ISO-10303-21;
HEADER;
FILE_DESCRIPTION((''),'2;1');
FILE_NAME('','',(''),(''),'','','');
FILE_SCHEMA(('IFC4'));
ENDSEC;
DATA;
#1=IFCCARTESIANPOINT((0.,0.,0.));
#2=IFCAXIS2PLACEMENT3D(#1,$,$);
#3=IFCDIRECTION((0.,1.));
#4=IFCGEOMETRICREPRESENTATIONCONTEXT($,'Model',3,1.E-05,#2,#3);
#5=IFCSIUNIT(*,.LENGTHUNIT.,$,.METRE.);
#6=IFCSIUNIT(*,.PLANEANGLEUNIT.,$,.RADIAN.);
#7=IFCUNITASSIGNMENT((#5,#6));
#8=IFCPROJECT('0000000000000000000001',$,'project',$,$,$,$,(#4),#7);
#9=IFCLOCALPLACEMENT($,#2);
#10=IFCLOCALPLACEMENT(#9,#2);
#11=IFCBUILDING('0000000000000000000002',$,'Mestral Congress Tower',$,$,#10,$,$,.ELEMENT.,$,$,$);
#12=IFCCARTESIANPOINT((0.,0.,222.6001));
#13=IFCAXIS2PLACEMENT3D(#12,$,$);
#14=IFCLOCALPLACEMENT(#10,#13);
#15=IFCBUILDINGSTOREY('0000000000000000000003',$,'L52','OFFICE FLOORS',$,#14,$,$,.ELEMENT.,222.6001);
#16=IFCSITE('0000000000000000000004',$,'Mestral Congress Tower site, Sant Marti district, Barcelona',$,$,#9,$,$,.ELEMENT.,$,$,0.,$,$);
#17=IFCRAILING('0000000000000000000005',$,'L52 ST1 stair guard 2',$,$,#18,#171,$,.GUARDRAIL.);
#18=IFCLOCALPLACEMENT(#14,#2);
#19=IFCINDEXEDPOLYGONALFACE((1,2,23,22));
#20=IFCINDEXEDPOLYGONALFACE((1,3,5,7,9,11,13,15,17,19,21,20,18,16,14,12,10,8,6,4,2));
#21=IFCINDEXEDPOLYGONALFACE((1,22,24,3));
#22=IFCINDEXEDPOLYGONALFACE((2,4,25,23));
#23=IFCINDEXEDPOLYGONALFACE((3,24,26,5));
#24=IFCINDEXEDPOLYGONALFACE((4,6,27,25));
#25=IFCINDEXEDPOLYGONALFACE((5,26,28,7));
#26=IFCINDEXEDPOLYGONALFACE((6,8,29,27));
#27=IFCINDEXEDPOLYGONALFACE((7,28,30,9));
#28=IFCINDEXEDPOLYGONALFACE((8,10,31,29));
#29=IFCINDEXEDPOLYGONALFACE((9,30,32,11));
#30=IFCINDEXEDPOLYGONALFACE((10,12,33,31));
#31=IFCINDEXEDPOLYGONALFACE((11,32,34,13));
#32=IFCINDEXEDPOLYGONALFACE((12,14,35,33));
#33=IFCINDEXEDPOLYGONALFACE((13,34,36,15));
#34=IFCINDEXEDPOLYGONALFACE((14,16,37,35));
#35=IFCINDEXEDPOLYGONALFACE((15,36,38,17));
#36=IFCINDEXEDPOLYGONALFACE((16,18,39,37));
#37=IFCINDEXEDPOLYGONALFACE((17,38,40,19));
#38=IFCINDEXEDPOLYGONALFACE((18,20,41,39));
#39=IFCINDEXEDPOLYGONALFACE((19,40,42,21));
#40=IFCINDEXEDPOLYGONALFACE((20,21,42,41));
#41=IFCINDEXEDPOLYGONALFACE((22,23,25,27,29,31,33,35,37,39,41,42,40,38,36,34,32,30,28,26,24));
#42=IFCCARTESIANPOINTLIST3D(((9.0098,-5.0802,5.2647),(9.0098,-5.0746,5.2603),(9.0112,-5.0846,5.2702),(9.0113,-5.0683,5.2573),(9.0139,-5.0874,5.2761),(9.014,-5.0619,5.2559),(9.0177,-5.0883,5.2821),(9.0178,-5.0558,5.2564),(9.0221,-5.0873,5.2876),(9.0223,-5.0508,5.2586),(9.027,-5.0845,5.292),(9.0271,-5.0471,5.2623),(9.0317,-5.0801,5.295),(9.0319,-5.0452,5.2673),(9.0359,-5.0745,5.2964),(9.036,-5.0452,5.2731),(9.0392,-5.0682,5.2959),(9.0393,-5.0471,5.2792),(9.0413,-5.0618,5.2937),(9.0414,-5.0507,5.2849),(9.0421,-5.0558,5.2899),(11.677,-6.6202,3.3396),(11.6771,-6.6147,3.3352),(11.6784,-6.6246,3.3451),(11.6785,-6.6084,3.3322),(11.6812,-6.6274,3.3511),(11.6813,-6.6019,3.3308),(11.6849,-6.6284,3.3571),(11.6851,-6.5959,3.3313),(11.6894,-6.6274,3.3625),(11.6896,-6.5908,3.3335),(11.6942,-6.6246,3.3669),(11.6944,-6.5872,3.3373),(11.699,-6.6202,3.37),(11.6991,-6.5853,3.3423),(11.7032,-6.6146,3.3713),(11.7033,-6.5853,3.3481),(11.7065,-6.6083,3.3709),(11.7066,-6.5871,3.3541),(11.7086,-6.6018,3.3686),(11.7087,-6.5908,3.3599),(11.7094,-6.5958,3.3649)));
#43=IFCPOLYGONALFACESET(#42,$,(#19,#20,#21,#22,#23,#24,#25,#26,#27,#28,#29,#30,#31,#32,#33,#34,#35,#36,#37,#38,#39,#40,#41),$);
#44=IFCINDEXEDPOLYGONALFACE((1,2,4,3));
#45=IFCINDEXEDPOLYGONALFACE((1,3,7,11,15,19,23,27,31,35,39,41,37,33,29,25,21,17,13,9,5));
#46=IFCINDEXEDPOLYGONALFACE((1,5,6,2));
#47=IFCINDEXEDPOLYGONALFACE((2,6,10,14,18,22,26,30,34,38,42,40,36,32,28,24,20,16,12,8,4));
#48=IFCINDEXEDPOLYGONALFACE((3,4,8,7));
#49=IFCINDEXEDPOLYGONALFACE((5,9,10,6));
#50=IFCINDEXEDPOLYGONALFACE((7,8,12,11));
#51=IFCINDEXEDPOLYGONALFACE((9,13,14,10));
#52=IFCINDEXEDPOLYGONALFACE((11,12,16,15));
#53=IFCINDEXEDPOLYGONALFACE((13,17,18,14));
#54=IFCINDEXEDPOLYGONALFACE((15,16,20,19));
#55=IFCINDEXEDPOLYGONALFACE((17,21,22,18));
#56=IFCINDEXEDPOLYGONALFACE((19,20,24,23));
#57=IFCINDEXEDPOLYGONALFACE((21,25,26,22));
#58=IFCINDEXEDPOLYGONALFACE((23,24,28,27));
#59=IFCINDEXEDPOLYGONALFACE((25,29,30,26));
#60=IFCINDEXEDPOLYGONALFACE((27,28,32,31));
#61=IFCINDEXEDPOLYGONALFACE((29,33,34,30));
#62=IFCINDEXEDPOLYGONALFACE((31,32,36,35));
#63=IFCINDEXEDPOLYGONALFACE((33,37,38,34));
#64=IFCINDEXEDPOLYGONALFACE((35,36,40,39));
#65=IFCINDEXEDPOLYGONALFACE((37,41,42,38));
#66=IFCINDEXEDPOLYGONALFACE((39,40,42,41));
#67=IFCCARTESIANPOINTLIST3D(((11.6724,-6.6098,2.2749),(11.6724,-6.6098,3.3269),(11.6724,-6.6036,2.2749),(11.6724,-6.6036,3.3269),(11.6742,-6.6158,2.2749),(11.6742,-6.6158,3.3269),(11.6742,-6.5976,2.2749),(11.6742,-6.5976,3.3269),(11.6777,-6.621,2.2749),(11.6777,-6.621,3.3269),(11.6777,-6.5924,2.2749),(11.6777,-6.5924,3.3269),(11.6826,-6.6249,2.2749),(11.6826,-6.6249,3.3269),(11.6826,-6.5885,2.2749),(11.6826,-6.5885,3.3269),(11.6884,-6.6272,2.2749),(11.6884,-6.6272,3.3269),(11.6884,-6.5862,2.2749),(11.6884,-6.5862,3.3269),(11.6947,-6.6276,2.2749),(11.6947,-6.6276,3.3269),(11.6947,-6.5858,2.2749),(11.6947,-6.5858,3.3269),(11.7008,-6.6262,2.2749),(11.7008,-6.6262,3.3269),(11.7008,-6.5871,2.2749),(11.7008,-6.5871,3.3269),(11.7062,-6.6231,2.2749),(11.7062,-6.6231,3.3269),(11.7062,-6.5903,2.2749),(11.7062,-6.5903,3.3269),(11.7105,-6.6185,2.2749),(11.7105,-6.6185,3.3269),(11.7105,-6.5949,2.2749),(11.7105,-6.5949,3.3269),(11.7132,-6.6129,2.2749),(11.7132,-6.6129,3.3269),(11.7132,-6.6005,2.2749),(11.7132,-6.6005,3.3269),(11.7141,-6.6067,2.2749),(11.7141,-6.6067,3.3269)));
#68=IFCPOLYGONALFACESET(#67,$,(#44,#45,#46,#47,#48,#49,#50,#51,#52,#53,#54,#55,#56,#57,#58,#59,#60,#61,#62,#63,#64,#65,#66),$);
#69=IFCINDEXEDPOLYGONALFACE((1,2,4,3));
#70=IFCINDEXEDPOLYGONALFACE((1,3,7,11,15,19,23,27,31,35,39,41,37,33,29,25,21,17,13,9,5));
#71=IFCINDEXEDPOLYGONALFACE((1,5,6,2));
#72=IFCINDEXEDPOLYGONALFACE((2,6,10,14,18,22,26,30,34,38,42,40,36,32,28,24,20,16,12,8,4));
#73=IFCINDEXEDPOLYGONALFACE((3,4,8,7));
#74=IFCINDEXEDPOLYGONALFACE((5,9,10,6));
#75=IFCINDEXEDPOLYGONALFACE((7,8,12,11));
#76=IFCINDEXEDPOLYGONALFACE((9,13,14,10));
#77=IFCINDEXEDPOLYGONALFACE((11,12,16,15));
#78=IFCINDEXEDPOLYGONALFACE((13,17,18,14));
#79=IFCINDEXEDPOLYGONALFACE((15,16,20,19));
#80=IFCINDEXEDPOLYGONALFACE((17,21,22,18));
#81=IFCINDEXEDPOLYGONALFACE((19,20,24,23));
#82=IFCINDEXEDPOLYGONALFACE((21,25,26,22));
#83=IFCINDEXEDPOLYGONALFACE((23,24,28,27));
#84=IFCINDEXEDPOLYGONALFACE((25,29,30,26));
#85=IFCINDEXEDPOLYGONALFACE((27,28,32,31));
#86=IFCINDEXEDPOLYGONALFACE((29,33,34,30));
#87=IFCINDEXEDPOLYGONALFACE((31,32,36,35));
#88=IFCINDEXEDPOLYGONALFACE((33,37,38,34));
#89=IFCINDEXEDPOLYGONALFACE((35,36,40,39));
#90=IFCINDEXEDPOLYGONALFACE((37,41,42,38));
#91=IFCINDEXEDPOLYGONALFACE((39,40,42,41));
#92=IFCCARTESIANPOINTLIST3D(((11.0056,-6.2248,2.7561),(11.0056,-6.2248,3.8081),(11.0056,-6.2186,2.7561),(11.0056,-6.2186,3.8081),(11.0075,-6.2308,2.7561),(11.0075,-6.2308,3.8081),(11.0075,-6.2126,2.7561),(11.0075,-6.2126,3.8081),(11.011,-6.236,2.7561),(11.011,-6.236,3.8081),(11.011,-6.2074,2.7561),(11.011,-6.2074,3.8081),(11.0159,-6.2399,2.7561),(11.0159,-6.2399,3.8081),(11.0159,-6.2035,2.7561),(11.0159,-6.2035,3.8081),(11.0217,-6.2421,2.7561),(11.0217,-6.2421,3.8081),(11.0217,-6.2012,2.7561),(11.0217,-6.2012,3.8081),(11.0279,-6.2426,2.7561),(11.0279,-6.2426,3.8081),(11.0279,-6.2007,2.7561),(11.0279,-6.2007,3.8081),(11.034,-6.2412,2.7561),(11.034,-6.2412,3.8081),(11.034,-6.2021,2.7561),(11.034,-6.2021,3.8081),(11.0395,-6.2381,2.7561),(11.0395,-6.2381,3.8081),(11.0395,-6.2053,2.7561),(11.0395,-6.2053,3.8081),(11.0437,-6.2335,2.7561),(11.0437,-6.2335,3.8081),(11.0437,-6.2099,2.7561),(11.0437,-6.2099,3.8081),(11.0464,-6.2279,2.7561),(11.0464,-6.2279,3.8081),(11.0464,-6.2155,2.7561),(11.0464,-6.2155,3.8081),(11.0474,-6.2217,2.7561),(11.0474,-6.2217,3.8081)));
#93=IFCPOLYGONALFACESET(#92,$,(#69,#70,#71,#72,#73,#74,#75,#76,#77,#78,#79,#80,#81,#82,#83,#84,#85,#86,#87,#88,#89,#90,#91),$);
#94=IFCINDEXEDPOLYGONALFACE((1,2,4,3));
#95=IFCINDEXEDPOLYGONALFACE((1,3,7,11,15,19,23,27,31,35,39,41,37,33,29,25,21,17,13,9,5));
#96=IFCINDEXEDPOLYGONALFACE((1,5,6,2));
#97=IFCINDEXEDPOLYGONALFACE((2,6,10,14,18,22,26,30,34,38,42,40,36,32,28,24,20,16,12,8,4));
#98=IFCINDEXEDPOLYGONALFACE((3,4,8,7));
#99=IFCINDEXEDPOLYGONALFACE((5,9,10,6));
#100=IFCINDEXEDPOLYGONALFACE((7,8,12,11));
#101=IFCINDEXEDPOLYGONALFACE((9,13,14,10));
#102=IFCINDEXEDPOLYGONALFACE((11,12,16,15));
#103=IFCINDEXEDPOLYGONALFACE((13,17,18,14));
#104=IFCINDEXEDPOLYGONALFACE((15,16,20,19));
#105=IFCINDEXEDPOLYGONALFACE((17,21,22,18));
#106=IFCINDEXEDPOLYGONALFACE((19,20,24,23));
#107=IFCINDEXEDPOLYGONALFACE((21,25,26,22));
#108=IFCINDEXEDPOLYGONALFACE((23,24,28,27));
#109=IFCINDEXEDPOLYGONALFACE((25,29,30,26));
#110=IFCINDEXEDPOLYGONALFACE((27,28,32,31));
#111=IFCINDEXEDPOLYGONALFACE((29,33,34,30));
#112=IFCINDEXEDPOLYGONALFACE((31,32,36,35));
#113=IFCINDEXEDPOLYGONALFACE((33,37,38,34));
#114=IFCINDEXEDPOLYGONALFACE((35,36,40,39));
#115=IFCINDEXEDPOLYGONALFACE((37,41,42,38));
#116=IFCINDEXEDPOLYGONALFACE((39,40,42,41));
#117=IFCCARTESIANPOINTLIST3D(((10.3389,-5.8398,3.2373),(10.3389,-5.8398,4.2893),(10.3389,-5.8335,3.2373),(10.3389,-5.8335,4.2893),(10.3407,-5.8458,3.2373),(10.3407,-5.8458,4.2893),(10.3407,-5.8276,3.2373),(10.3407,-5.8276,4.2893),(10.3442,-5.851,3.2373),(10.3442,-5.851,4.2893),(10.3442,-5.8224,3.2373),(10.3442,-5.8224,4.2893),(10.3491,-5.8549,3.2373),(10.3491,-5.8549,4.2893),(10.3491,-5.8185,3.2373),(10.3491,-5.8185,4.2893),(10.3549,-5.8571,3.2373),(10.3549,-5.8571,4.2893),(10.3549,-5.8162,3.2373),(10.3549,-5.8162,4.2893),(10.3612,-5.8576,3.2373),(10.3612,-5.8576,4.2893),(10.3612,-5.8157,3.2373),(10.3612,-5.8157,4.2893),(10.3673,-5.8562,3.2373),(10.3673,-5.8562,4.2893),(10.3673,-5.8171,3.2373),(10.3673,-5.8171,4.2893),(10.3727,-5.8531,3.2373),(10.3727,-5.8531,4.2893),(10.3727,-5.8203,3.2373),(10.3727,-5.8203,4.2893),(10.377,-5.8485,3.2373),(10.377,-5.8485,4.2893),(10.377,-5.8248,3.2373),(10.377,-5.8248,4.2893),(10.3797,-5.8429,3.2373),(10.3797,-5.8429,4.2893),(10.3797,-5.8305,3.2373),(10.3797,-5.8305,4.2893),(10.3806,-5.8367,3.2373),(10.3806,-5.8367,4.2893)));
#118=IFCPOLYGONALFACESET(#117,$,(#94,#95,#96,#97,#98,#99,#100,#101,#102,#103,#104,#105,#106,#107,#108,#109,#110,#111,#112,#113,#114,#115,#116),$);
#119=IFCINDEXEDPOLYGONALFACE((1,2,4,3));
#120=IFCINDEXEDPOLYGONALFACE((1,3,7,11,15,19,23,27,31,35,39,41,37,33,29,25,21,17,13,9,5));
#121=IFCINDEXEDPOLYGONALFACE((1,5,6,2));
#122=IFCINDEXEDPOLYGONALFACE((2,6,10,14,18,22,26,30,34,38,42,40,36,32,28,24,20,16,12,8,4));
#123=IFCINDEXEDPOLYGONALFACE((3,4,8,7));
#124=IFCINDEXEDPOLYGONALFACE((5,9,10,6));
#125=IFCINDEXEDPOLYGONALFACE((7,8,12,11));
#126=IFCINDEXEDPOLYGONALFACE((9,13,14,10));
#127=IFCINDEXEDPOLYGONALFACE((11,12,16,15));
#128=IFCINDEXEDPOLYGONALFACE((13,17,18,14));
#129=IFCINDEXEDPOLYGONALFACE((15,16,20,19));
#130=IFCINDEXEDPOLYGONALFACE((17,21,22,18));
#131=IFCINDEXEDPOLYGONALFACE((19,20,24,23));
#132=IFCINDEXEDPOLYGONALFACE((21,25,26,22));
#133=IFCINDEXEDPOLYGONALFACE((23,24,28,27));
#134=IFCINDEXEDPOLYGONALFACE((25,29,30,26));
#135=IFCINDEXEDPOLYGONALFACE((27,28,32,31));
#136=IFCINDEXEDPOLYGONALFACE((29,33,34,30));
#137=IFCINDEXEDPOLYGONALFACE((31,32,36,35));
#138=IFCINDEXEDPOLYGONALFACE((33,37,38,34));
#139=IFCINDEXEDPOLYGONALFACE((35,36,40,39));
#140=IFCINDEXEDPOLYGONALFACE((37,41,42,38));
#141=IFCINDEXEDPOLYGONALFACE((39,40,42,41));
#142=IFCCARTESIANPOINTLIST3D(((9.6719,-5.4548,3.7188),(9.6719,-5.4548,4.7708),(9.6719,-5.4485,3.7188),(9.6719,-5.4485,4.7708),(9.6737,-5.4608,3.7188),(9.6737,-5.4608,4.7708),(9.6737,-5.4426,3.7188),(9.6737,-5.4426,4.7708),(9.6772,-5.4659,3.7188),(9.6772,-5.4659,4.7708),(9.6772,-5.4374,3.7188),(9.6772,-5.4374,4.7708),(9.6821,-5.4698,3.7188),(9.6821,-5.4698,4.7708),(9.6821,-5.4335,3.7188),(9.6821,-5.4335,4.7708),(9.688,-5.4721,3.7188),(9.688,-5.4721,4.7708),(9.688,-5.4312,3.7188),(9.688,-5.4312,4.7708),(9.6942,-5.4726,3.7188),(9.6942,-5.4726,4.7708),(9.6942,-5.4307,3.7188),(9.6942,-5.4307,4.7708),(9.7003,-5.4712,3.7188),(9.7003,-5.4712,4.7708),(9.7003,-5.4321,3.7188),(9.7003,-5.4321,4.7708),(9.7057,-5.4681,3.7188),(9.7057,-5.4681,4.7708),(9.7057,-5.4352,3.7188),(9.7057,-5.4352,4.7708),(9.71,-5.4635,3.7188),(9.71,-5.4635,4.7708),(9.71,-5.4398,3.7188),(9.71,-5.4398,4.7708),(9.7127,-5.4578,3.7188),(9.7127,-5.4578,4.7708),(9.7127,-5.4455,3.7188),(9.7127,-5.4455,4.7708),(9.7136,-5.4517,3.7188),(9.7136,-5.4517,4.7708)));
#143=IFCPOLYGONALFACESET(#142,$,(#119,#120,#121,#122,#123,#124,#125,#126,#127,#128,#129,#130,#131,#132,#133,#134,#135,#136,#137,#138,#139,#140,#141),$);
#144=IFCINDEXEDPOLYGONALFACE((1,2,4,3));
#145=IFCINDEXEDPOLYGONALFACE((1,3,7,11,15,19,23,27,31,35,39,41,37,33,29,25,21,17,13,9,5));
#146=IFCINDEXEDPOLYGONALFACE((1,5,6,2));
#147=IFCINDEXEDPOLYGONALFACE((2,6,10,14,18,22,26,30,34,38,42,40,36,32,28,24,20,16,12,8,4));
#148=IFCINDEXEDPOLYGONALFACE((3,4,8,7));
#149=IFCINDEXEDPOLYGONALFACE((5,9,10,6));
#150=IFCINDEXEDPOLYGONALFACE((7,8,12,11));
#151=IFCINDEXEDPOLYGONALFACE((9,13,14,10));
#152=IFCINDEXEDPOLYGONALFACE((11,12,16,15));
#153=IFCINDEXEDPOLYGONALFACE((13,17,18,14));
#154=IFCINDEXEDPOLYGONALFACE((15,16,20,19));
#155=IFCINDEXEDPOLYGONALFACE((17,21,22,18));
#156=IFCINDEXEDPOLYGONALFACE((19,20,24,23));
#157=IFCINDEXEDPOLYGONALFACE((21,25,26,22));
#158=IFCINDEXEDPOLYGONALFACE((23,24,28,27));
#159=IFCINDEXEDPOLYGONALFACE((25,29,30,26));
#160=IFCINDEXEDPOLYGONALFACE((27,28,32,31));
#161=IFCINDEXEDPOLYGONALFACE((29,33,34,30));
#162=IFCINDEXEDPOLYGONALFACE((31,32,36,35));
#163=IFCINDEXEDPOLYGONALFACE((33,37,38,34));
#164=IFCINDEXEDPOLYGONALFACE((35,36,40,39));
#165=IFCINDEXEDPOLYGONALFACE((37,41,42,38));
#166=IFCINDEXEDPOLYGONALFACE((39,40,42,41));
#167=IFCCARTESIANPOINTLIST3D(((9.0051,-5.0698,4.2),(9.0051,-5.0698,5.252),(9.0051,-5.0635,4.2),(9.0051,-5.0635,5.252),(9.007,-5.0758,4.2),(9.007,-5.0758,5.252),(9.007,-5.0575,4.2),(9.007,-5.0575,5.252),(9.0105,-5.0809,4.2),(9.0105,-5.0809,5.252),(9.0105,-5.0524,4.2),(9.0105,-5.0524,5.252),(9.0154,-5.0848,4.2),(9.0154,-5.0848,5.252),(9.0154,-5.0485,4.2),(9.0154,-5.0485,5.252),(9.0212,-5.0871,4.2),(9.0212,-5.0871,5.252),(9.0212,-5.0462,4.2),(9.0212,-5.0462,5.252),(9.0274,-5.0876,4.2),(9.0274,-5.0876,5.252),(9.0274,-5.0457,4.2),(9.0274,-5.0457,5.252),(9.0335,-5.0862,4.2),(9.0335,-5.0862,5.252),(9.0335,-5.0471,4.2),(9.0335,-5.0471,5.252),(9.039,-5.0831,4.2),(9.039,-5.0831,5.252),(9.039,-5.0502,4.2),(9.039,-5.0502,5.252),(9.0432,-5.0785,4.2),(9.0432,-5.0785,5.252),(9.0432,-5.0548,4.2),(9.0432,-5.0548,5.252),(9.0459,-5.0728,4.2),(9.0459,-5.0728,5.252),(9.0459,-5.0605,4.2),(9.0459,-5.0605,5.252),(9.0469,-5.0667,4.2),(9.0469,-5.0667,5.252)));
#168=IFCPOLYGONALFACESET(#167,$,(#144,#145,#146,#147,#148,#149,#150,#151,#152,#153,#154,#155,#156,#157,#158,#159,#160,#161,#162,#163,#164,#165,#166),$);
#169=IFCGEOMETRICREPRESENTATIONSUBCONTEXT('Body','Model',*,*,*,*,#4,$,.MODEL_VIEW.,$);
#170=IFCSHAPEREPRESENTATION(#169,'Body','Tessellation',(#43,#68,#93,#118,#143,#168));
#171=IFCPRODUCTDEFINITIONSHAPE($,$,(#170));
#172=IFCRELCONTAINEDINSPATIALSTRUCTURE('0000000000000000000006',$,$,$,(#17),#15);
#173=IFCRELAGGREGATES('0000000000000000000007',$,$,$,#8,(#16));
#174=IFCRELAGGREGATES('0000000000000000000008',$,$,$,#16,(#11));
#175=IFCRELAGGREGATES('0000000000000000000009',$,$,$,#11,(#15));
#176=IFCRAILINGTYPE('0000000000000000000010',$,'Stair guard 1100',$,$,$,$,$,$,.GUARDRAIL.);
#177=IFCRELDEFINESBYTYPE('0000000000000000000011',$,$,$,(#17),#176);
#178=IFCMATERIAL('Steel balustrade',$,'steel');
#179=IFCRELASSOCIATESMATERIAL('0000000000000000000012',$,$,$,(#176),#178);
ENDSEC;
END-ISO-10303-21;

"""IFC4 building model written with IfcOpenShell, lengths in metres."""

from ifc_helpers import new_model, si_unit, direction, frame, origin, origin_2d, place, context, subcontext, project, spatial, circle, extrude, material, type_object, element, save


model = new_model("IFC4")

# Units and contexts
model_context = context("Model", 3, precision=1e-05, world=origin(), true_north=direction((0.0, 1.0)))
body_context = subcontext(model_context, "Body", "Model", "MODEL_VIEW")
ifc_project = project(units=[si_unit("LENGTHUNIT", "METRE"), si_unit("PLANEANGLEUNIT", "RADIAN")], contexts=[model_context])

# Site, building, storey
site_placement = place(None, origin())
site = spatial("IfcSite", under=ifc_project, at=site_placement, Name="Mestral Congress Tower site, Sant Marti district, Barcelona", CompositionType="ELEMENT", RefElevation=0.0)
building_placement = place(site_placement, origin())
building = spatial("IfcBuilding", under=site, at=building_placement, Name="Mestral Congress Tower", CompositionType="ELEMENT")
storey_placement = place(building_placement, frame((0.0, 0.0, 222.6001)))
storey = spatial("IfcBuildingStorey", under=building, at=storey_placement, Name="L52", Description="OFFICE FLOORS", CompositionType="ELEMENT", Elevation=222.6001)

# Railing
ifc_material_1 = material(Name="Steel balustrade", Category="steel")
railing_type_1 = type_object("IfcRailingType", Name="Stair guard 1100", PredefinedType="GUARDRAIL", material=ifc_material_1)
railing_1_placement = place(storey_placement, frame((11.6931, -6.6067, 2.2749)))
element("IfcRailing", 1, at=railing_1_placement, inside=storey, type_object=railing_type_1, Name="L52 ST1 stair guard 2", PredefinedType="GUARDRAIL", context=body_context, shape_type="SweptSolid", body=[
    extrude(circle(Radius=0.0239, at=origin_2d()), frame((0.0, 0.0, 1.0762), z_axis=(-0.734364, 0.424015, 0.530019), x_axis=(-0.500027, -0.86601, 0.0)), (0.0, 0.0, 1.0), 3.6321),
    extrude(circle(Radius=0.021, at=origin_2d()), origin(), (0.0, 0.0, 1.0), 1.052),
    extrude(circle(Radius=0.021, at=origin_2d()), frame((-0.6667, 0.385, 0.4812)), (0.0, 0.0, 1.0), 1.052),
    extrude(circle(Radius=0.021, at=origin_2d()), frame((-1.3335, 0.77, 0.9624)), (0.0, 0.0, 1.0), 1.052),
    extrude(circle(Radius=0.021, at=origin_2d()), frame((-2.0005, 1.155, 1.4438)), (0.0, 0.0, 1.0), 1.052),
    extrude(circle(Radius=0.021, at=origin_2d()), frame((-2.6672, 1.54, 1.925)), (0.0, 0.0, 1.0), 1.052),
])

save(model, "model.ifc")
